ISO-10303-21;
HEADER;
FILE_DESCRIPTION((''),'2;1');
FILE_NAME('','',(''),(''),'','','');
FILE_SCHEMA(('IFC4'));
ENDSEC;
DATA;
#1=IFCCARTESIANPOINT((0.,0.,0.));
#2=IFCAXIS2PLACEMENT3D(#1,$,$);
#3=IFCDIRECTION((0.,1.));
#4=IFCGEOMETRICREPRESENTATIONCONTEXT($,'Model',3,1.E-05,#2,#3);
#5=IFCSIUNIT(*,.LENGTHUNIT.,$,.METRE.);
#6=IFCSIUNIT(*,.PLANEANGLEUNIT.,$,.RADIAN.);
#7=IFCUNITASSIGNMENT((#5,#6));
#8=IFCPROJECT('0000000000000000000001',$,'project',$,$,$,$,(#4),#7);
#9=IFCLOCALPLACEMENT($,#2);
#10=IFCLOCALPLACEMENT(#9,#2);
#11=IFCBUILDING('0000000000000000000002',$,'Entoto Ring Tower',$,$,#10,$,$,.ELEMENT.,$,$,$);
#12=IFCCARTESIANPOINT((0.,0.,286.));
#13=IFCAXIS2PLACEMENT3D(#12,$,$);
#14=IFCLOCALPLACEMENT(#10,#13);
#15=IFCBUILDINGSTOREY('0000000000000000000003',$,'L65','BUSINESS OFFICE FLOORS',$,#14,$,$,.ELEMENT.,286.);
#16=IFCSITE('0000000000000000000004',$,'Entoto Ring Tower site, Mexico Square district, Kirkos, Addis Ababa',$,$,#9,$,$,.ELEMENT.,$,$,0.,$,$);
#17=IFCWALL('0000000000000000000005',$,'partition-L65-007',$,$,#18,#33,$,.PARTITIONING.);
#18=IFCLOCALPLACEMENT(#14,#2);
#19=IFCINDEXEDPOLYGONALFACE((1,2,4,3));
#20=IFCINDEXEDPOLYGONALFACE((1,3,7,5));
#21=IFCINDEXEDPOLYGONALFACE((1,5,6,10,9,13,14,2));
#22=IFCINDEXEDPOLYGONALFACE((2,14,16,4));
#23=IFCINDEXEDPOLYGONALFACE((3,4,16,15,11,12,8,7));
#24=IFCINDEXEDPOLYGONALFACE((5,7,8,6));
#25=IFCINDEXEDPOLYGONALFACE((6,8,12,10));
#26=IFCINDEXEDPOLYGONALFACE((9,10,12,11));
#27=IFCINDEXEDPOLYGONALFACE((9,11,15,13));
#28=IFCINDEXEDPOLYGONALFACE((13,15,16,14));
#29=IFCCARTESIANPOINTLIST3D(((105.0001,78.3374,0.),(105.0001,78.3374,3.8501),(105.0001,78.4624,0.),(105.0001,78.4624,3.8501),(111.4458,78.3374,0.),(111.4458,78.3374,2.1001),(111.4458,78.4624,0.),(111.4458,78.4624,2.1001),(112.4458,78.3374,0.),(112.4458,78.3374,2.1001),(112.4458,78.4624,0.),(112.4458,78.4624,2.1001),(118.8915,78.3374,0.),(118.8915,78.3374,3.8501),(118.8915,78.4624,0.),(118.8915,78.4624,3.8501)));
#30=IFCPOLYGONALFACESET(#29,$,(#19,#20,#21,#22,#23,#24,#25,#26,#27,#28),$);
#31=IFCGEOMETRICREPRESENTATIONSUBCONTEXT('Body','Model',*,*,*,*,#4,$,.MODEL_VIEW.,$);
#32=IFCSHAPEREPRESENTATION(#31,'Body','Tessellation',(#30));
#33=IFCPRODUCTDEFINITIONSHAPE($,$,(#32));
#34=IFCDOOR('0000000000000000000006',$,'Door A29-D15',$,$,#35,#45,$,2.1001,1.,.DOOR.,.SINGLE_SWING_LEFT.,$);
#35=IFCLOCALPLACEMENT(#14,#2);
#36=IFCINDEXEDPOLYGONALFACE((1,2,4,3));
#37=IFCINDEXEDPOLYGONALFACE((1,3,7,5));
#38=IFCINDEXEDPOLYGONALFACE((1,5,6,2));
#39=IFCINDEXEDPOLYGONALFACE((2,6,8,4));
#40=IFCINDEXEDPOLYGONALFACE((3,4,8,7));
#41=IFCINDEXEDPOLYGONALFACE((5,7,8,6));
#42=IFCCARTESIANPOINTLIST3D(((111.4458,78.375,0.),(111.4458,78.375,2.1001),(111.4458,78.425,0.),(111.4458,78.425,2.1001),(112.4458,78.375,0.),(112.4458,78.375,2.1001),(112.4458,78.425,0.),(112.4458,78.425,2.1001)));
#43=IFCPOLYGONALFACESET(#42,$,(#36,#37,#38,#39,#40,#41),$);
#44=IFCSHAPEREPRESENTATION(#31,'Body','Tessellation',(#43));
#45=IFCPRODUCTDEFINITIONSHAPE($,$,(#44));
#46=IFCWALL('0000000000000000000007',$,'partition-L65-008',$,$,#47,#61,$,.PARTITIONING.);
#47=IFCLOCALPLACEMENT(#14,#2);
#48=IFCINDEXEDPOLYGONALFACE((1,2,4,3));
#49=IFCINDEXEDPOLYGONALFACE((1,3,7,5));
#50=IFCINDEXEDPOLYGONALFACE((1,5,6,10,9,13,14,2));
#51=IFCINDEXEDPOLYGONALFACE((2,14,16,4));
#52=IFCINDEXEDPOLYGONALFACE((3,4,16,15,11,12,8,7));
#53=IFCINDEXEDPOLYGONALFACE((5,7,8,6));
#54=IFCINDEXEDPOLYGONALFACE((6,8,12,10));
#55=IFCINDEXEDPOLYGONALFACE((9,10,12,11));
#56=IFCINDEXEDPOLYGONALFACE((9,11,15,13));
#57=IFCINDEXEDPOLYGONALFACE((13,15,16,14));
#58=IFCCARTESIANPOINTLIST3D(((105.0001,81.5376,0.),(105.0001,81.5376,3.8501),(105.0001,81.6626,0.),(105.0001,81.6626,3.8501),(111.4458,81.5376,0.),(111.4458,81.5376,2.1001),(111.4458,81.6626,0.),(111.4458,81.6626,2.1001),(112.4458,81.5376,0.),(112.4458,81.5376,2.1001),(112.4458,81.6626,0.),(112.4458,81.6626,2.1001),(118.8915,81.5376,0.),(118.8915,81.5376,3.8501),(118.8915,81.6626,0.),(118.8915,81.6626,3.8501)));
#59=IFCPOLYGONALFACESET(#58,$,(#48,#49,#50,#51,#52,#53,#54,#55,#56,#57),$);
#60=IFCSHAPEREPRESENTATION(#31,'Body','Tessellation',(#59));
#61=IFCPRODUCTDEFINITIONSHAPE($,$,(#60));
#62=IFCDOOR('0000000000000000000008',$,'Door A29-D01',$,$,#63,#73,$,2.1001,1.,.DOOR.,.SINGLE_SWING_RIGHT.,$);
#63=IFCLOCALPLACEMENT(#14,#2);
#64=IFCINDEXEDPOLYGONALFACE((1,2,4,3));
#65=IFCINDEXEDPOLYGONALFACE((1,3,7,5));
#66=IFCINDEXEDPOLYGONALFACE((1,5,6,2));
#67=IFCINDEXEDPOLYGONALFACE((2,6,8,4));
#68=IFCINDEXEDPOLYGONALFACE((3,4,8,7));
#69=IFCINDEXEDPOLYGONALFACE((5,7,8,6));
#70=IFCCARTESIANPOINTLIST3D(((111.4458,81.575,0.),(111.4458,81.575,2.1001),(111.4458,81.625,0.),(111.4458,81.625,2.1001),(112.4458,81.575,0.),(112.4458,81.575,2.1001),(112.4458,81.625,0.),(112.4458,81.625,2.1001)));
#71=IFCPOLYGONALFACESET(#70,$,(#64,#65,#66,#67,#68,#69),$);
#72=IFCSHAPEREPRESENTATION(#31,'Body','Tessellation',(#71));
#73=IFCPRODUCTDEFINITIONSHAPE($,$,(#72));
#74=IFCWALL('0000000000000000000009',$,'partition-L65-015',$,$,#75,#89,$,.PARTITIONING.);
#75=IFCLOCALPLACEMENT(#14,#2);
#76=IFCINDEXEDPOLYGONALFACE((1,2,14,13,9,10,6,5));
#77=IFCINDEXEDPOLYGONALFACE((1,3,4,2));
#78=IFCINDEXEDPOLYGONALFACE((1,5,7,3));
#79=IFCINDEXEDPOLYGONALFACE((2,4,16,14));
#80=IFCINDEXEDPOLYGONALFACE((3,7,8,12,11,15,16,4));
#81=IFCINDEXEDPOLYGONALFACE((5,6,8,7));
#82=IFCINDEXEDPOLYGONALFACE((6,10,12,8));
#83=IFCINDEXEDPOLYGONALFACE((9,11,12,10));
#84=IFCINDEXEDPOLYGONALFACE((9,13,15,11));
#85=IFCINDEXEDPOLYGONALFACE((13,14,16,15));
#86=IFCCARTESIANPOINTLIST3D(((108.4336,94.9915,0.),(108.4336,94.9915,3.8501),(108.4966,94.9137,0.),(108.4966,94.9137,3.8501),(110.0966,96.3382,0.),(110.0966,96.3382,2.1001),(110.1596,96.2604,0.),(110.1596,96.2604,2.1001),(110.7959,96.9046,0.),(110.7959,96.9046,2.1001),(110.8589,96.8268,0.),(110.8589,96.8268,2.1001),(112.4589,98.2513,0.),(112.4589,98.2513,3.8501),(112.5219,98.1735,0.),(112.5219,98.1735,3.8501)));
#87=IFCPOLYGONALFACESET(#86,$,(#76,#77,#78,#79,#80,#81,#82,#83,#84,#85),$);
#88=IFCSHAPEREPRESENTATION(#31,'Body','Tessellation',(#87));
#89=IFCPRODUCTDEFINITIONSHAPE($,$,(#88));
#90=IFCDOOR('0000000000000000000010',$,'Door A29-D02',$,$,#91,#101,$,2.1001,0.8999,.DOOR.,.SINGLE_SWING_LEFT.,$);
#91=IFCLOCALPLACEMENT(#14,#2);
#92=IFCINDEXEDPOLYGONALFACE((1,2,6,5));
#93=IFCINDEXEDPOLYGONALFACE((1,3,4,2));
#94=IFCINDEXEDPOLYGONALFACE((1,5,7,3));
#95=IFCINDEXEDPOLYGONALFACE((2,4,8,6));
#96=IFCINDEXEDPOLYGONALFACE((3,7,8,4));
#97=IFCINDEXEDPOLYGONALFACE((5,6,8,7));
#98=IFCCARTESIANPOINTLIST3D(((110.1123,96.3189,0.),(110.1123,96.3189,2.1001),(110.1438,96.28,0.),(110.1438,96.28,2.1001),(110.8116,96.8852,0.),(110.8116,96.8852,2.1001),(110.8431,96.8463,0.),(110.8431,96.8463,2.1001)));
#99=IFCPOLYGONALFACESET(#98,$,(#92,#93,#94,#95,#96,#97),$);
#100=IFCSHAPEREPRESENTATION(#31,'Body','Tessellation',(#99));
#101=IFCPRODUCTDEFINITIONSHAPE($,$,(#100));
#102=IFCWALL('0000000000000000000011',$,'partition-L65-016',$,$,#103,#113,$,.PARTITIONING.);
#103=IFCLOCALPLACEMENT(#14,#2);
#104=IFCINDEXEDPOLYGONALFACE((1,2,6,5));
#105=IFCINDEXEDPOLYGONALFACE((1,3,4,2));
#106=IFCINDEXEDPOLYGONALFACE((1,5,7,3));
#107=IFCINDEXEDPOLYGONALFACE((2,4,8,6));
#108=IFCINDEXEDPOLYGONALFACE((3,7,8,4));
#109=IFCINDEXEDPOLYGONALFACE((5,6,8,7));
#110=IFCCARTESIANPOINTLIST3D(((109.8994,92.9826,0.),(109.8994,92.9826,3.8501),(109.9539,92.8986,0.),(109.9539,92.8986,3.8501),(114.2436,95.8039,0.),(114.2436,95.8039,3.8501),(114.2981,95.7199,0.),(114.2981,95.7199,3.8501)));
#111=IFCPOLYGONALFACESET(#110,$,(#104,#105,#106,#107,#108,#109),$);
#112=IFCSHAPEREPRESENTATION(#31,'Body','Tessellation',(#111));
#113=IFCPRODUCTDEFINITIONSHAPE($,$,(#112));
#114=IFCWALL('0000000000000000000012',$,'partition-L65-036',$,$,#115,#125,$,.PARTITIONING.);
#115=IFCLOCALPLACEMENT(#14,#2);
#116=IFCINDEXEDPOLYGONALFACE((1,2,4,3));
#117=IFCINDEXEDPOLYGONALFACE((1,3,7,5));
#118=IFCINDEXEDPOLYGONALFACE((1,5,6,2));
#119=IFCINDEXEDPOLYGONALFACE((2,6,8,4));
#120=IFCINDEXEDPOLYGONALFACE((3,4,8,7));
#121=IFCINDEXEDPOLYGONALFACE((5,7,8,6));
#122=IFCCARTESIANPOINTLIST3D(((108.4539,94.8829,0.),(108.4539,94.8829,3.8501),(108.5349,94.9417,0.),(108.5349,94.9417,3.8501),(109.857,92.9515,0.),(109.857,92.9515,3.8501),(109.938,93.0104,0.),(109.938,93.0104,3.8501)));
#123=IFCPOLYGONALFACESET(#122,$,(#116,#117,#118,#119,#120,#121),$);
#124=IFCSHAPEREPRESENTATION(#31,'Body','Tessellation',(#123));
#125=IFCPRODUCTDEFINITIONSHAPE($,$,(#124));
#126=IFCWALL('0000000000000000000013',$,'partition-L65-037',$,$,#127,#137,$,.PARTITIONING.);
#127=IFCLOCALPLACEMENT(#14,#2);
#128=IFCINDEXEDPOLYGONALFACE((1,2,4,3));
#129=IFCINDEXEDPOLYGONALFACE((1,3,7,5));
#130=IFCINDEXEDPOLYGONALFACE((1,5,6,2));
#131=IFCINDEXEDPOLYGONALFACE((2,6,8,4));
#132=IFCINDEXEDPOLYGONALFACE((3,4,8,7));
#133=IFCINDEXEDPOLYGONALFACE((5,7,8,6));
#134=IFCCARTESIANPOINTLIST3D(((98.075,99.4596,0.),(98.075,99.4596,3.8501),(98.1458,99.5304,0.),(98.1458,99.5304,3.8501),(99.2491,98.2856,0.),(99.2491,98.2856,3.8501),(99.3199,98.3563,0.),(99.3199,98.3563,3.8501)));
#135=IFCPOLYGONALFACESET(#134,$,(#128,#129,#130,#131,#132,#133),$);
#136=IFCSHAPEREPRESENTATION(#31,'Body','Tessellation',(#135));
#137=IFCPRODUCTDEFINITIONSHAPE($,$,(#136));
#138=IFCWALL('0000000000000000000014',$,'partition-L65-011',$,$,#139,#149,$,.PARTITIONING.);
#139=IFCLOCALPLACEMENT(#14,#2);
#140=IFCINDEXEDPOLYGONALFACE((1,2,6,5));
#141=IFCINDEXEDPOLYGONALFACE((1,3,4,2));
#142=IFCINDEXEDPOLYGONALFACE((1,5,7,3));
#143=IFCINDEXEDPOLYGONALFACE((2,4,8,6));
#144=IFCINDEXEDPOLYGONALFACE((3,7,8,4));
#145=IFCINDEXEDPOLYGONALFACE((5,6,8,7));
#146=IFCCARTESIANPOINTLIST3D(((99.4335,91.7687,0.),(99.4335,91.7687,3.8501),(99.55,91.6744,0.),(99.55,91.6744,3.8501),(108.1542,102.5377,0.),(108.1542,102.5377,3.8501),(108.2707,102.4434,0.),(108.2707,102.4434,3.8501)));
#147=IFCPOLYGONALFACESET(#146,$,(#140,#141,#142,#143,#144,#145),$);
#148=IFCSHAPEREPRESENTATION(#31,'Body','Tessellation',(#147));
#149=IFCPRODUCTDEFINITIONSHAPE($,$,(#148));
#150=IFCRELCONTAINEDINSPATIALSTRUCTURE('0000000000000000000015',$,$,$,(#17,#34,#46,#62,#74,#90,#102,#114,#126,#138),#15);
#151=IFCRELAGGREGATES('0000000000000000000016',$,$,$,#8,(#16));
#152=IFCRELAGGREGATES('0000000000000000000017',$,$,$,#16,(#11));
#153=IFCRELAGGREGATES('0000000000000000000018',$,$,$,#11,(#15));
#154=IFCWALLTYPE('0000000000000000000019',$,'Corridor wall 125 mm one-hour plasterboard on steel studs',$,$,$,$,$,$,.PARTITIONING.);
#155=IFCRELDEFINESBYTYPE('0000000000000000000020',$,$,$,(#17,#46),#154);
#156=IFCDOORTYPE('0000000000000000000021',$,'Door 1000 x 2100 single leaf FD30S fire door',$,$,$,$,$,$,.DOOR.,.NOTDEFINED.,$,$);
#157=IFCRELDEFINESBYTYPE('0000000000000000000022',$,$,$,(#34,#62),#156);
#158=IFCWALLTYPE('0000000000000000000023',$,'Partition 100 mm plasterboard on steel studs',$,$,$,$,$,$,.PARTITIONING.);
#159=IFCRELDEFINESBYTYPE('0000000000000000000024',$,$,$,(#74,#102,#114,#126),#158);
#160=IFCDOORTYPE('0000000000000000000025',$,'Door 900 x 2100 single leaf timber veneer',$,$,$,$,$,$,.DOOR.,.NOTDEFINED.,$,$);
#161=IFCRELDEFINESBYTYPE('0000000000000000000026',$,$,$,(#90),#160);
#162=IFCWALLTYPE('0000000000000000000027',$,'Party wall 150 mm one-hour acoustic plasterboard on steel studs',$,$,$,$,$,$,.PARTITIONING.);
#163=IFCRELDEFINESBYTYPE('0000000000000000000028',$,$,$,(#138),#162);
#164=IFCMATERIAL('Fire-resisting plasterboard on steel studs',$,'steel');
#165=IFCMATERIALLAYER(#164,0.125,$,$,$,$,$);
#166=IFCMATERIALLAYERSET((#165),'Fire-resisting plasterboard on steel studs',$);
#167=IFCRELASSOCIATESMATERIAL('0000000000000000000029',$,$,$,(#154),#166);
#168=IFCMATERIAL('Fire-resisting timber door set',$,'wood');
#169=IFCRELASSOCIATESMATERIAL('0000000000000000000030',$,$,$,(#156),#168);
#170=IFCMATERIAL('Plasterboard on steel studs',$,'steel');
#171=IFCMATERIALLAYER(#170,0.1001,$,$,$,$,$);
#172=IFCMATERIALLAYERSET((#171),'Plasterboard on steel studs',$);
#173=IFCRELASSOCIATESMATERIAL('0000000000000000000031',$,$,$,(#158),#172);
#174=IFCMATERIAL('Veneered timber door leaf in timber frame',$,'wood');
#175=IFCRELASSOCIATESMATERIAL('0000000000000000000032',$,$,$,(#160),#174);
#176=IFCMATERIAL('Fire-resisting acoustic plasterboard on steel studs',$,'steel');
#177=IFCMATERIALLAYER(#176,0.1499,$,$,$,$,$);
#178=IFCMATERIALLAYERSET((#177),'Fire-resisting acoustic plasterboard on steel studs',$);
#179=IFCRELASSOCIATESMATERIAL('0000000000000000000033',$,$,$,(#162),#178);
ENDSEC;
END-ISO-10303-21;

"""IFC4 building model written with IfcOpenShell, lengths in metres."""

from ifc_helpers import new_model, si_unit, direction, frame, frame_2d, origin, place, context, subcontext, project, spatial, rectangle, extrude, material, layer, layer_set, type_object, element, fill, save


model = new_model("IFC4")

# Units and contexts
model_context = context("Model", 3, precision=1e-05, world=origin(), true_north=direction((0.0, 1.0)))
body_context = subcontext(model_context, "Body", "Model", "MODEL_VIEW")
ifc_project = project(units=[si_unit("LENGTHUNIT", "METRE"), si_unit("PLANEANGLEUNIT", "RADIAN")], contexts=[model_context])

# Site, building, storey
site_placement = place(None, origin())
site = spatial("IfcSite", under=ifc_project, at=site_placement, Name="Entoto Ring Tower site, Mexico Square district, Kirkos, Addis Ababa", CompositionType="ELEMENT", RefElevation=0.0)
building_placement = place(site_placement, origin())
building = spatial("IfcBuilding", under=site, at=building_placement, Name="Entoto Ring Tower", CompositionType="ELEMENT")
storey_placement = place(building_placement, frame((0.0, 0.0, 286.0)))
storey = spatial("IfcBuildingStorey", under=building, at=storey_placement, Name="L65", Description="BUSINESS OFFICE FLOORS", CompositionType="ELEMENT", Elevation=286.0)

# Walls, openings, doors
ifc_material_1 = material(Name="Fire-resisting plasterboard on steel studs", Category="steel")
ifc_layer_1 = layer(ifc_material_1, 0.125)
ifc_layer_set_1 = layer_set([ifc_layer_1], Name="Fire-resisting plasterboard on steel studs")
wall_type_1 = type_object("IfcWallType", Name="Corridor wall 125 mm one-hour plasterboard on steel studs", PredefinedType="PARTITIONING", material=ifc_layer_set_1)
wall_1_placement = place(storey_placement, frame((105.0, 78.3999, 0.0), z_axis=(0.0, 0.0, 1.0), x_axis=(1.0, 0.0, 0.0)))
wall_1 = element("IfcWall", 1, at=wall_1_placement, inside=storey, type_object=wall_type_1, Name="partition-L65-007", PredefinedType="PARTITIONING", context=body_context, shape_type="SweptSolid", body=[
    extrude(rectangle(XDim=13.8914, YDim=0.125, at=frame_2d((6.9458, 0.0))), origin(), (0.0, 0.0, 1.0), 3.8501),
])
opening_1_placement = place(wall_1_placement, frame((6.4458, 0.0, 0.0)))
opening_1 = element("IfcOpeningElement", 2, at=opening_1_placement, cuts=wall_1, PredefinedType="OPENING", context=body_context, shape_type="SweptSolid", body=[
    extrude(rectangle(XDim=1.0, YDim=2.1001, at=frame_2d((0.5, 1.05))), frame((0.0, 0.0725, 0.0), z_axis=(0.0, -1.0, 0.0), x_axis=(1.0, 0.0, 0.0)), (0.0, 0.0, 1.0), 0.145),
])
ifc_material_2 = material(Name="Fire-resisting timber door set", Category="wood")
door_type_1 = type_object("IfcDoorType", Name="Door 1000 x 2100 single leaf FD30S fire door", OperationType="NOTDEFINED", PredefinedType="DOOR", material=ifc_material_2)
door_1_placement = place(opening_1_placement, frame((1.0, 0.0, 0.0), z_axis=(0.0, 0.0, 1.0), x_axis=(-1.0, 0.0, 0.0)))
door_1 = element("IfcDoor", 3, at=door_1_placement, inside=storey, type_object=door_type_1, Name="Door A29-D15", OperationType="SINGLE_SWING_LEFT", OverallHeight=2.1001, OverallWidth=1.0, PredefinedType="DOOR", context=body_context, shape_type="SweptSolid", body=[
    extrude(rectangle(XDim=1.0, YDim=2.1001, at=frame_2d((0.5, 1.05))), frame((0.0, 0.0249, 0.0), z_axis=(0.0, -1.0, 0.0), x_axis=(1.0, 0.0, 0.0)), (0.0, 0.0, 1.0), 0.05),
])
fill(opening_1, door_1)
wall_2_placement = place(storey_placement, frame((105.0, 81.6001, 0.0), z_axis=(0.0, 0.0, 1.0), x_axis=(1.0, 0.0, 0.0)))
wall_2 = element("IfcWall", 4, at=wall_2_placement, inside=storey, type_object=wall_type_1, Name="partition-L65-008", PredefinedType="PARTITIONING", context=body_context, shape_type="SweptSolid", body=[
    extrude(rectangle(XDim=13.8914, YDim=0.125, at=frame_2d((6.9458, 0.0))), origin(), (0.0, 0.0, 1.0), 3.8501),
])
opening_2_placement = place(wall_2_placement, frame((6.4458, 0.0, 0.0)))
opening_2 = element("IfcOpeningElement", 5, at=opening_2_placement, cuts=wall_2, PredefinedType="OPENING", context=body_context, shape_type="SweptSolid", body=[
    extrude(rectangle(XDim=1.0, YDim=2.1001, at=frame_2d((0.5, 1.05))), frame((0.0, 0.0725, 0.0), z_axis=(0.0, -1.0, 0.0), x_axis=(1.0, 0.0, 0.0)), (0.0, 0.0, 1.0), 0.145),
])
door_2_placement = place(opening_2_placement, origin())
door_2 = element("IfcDoor", 6, at=door_2_placement, inside=storey, type_object=door_type_1, Name="Door A29-D01", OperationType="SINGLE_SWING_RIGHT", OverallHeight=2.1001, OverallWidth=1.0, PredefinedType="DOOR", context=body_context, shape_type="SweptSolid", body=[
    extrude(rectangle(XDim=1.0, YDim=2.1001, at=frame_2d((0.5, 1.05))), frame((0.0, 0.0249, 0.0), z_axis=(0.0, -1.0, 0.0), x_axis=(1.0, 0.0, 0.0)), (0.0, 0.0, 1.0), 0.05),
])
fill(opening_2, door_2)
ifc_material_3 = material(Name="Plasterboard on steel studs", Category="steel")
ifc_layer_2 = layer(ifc_material_3, 0.1001)
ifc_layer_set_2 = layer_set([ifc_layer_2], Name="Plasterboard on steel studs")
wall_type_2 = type_object("IfcWallType", Name="Partition 100 mm plasterboard on steel studs", PredefinedType="PARTITIONING", material=ifc_layer_set_2)
wall_3_placement = place(storey_placement, frame((108.4651, 94.9526, 0.0), z_axis=(0.0, 0.0, 1.0), x_axis=(0.777139, 0.629328, 0.0)))
wall_3 = element("IfcWall", 7, at=wall_3_placement, inside=storey, type_object=wall_type_2, Name="partition-L65-015", PredefinedType="PARTITIONING", context=body_context, shape_type="SweptSolid", body=[
    extrude(rectangle(XDim=5.1797, YDim=0.1001, at=frame_2d((2.5898, 0.0))), origin(), (0.0, 0.0, 1.0), 3.8501),
])
opening_3_placement = place(wall_3_placement, frame((2.1399, 0.0, 0.0)))
opening_3 = element("IfcOpeningElement", 8, at=opening_3_placement, cuts=wall_3, PredefinedType="OPENING", context=body_context, shape_type="SweptSolid", body=[
    extrude(rectangle(XDim=0.8999, YDim=2.1001, at=frame_2d((0.45, 1.05))), frame((0.0, 0.0601, 0.0), z_axis=(0.0, -1.0, 0.0), x_axis=(1.0, 0.0, 0.0)), (0.0, 0.0, 1.0), 0.1201),
])
ifc_material_4 = material(Name="Veneered timber door leaf in timber frame", Category="wood")
door_type_2 = type_object("IfcDoorType", Name="Door 900 x 2100 single leaf timber veneer", OperationType="NOTDEFINED", PredefinedType="DOOR", material=ifc_material_4)
door_3_placement = place(opening_3_placement, frame((0.8999, 0.0, 0.0), z_axis=(0.0, 0.0, 1.0), x_axis=(-1.0, 0.0, 0.0)))
door_3 = element("IfcDoor", 9, at=door_3_placement, inside=storey, type_object=door_type_2, Name="Door A29-D02", OperationType="SINGLE_SWING_LEFT", OverallHeight=2.1001, OverallWidth=0.8999, PredefinedType="DOOR", context=body_context, shape_type="SweptSolid", body=[
    extrude(rectangle(XDim=0.8999, YDim=2.1001, at=frame_2d((0.45, 1.05))), frame((0.0, 0.0249, 0.0), z_axis=(0.0, -1.0, 0.0), x_axis=(1.0, 0.0, 0.0)), (0.0, 0.0, 1.0), 0.05),
])
fill(opening_3, door_3)

# Walls
wall_4_placement = place(storey_placement, frame((109.9268, 92.9407, 0.0), z_axis=(0.0, 0.0, 1.0), x_axis=(0.838661, 0.544654, 0.0)))
element("IfcWall", 10, at=wall_4_placement, inside=storey, type_object=wall_type_2, Name="partition-L65-016", PredefinedType="PARTITIONING", context=body_context, shape_type="SweptSolid", body=[
    extrude(rectangle(XDim=5.1799, YDim=0.1001, at=frame_2d((2.5898, 0.0))), origin(), (0.0, 0.0, 1.0), 3.8501),
])
wall_5_placement = place(storey_placement, frame((109.8975, 92.981, 0.0), z_axis=(0.0, 0.0, 1.0), x_axis=(-0.58774, 0.80905, 0.0)))
element("IfcWall", 11, at=wall_5_placement, inside=storey, type_object=wall_type_2, Name="partition-L65-036", PredefinedType="PARTITIONING", context=body_context, shape_type="SweptSolid", body=[
    extrude(rectangle(XDim=2.3872, YDim=0.1001, at=frame_2d((1.1936, 0.0))), origin(), (0.0, 0.0, 1.0), 3.8501),
])
wall_6_placement = place(storey_placement, frame((99.2844, 98.321, 0.0), z_axis=(0.0, 0.0, 1.0), x_axis=(-0.707107, 0.707107, 0.0)))
element("IfcWall", 12, at=wall_6_placement, inside=storey, type_object=wall_type_2, Name="partition-L65-037", PredefinedType="PARTITIONING", context=body_context, shape_type="SweptSolid", body=[
    extrude(rectangle(XDim=1.6604, YDim=0.1001, at=frame_2d((0.8301, 0.0))), origin(), (0.0, 0.0, 1.0), 3.8501),
])
ifc_material_5 = material(Name="Fire-resisting acoustic plasterboard on steel studs", Category="steel")
ifc_layer_3 = layer(ifc_material_5, 0.1499)
ifc_layer_set_3 = layer_set([ifc_layer_3], Name="Fire-resisting acoustic plasterboard on steel studs")
wall_type_3 = type_object("IfcWallType", Name="Party wall 150 mm one-hour acoustic plasterboard on steel studs", PredefinedType="PARTITIONING", material=ifc_layer_set_3)
wall_7_placement = place(storey_placement, frame((99.4917, 91.7214, 0.0), z_axis=(0.0, 0.0, 1.0), x_axis=(0.629325, 0.777142, 0.0)))
element("IfcWall", 13, at=wall_7_placement, inside=storey, type_object=wall_type_3, Name="partition-L65-011", PredefinedType="PARTITIONING", context=body_context, shape_type="SweptSolid", body=[
    extrude(rectangle(XDim=13.8572, YDim=0.1499, at=frame_2d((6.9287, 0.0))), origin(), (0.0, 0.0, 1.0), 3.8501),
])

save(model, "model.ifc")
